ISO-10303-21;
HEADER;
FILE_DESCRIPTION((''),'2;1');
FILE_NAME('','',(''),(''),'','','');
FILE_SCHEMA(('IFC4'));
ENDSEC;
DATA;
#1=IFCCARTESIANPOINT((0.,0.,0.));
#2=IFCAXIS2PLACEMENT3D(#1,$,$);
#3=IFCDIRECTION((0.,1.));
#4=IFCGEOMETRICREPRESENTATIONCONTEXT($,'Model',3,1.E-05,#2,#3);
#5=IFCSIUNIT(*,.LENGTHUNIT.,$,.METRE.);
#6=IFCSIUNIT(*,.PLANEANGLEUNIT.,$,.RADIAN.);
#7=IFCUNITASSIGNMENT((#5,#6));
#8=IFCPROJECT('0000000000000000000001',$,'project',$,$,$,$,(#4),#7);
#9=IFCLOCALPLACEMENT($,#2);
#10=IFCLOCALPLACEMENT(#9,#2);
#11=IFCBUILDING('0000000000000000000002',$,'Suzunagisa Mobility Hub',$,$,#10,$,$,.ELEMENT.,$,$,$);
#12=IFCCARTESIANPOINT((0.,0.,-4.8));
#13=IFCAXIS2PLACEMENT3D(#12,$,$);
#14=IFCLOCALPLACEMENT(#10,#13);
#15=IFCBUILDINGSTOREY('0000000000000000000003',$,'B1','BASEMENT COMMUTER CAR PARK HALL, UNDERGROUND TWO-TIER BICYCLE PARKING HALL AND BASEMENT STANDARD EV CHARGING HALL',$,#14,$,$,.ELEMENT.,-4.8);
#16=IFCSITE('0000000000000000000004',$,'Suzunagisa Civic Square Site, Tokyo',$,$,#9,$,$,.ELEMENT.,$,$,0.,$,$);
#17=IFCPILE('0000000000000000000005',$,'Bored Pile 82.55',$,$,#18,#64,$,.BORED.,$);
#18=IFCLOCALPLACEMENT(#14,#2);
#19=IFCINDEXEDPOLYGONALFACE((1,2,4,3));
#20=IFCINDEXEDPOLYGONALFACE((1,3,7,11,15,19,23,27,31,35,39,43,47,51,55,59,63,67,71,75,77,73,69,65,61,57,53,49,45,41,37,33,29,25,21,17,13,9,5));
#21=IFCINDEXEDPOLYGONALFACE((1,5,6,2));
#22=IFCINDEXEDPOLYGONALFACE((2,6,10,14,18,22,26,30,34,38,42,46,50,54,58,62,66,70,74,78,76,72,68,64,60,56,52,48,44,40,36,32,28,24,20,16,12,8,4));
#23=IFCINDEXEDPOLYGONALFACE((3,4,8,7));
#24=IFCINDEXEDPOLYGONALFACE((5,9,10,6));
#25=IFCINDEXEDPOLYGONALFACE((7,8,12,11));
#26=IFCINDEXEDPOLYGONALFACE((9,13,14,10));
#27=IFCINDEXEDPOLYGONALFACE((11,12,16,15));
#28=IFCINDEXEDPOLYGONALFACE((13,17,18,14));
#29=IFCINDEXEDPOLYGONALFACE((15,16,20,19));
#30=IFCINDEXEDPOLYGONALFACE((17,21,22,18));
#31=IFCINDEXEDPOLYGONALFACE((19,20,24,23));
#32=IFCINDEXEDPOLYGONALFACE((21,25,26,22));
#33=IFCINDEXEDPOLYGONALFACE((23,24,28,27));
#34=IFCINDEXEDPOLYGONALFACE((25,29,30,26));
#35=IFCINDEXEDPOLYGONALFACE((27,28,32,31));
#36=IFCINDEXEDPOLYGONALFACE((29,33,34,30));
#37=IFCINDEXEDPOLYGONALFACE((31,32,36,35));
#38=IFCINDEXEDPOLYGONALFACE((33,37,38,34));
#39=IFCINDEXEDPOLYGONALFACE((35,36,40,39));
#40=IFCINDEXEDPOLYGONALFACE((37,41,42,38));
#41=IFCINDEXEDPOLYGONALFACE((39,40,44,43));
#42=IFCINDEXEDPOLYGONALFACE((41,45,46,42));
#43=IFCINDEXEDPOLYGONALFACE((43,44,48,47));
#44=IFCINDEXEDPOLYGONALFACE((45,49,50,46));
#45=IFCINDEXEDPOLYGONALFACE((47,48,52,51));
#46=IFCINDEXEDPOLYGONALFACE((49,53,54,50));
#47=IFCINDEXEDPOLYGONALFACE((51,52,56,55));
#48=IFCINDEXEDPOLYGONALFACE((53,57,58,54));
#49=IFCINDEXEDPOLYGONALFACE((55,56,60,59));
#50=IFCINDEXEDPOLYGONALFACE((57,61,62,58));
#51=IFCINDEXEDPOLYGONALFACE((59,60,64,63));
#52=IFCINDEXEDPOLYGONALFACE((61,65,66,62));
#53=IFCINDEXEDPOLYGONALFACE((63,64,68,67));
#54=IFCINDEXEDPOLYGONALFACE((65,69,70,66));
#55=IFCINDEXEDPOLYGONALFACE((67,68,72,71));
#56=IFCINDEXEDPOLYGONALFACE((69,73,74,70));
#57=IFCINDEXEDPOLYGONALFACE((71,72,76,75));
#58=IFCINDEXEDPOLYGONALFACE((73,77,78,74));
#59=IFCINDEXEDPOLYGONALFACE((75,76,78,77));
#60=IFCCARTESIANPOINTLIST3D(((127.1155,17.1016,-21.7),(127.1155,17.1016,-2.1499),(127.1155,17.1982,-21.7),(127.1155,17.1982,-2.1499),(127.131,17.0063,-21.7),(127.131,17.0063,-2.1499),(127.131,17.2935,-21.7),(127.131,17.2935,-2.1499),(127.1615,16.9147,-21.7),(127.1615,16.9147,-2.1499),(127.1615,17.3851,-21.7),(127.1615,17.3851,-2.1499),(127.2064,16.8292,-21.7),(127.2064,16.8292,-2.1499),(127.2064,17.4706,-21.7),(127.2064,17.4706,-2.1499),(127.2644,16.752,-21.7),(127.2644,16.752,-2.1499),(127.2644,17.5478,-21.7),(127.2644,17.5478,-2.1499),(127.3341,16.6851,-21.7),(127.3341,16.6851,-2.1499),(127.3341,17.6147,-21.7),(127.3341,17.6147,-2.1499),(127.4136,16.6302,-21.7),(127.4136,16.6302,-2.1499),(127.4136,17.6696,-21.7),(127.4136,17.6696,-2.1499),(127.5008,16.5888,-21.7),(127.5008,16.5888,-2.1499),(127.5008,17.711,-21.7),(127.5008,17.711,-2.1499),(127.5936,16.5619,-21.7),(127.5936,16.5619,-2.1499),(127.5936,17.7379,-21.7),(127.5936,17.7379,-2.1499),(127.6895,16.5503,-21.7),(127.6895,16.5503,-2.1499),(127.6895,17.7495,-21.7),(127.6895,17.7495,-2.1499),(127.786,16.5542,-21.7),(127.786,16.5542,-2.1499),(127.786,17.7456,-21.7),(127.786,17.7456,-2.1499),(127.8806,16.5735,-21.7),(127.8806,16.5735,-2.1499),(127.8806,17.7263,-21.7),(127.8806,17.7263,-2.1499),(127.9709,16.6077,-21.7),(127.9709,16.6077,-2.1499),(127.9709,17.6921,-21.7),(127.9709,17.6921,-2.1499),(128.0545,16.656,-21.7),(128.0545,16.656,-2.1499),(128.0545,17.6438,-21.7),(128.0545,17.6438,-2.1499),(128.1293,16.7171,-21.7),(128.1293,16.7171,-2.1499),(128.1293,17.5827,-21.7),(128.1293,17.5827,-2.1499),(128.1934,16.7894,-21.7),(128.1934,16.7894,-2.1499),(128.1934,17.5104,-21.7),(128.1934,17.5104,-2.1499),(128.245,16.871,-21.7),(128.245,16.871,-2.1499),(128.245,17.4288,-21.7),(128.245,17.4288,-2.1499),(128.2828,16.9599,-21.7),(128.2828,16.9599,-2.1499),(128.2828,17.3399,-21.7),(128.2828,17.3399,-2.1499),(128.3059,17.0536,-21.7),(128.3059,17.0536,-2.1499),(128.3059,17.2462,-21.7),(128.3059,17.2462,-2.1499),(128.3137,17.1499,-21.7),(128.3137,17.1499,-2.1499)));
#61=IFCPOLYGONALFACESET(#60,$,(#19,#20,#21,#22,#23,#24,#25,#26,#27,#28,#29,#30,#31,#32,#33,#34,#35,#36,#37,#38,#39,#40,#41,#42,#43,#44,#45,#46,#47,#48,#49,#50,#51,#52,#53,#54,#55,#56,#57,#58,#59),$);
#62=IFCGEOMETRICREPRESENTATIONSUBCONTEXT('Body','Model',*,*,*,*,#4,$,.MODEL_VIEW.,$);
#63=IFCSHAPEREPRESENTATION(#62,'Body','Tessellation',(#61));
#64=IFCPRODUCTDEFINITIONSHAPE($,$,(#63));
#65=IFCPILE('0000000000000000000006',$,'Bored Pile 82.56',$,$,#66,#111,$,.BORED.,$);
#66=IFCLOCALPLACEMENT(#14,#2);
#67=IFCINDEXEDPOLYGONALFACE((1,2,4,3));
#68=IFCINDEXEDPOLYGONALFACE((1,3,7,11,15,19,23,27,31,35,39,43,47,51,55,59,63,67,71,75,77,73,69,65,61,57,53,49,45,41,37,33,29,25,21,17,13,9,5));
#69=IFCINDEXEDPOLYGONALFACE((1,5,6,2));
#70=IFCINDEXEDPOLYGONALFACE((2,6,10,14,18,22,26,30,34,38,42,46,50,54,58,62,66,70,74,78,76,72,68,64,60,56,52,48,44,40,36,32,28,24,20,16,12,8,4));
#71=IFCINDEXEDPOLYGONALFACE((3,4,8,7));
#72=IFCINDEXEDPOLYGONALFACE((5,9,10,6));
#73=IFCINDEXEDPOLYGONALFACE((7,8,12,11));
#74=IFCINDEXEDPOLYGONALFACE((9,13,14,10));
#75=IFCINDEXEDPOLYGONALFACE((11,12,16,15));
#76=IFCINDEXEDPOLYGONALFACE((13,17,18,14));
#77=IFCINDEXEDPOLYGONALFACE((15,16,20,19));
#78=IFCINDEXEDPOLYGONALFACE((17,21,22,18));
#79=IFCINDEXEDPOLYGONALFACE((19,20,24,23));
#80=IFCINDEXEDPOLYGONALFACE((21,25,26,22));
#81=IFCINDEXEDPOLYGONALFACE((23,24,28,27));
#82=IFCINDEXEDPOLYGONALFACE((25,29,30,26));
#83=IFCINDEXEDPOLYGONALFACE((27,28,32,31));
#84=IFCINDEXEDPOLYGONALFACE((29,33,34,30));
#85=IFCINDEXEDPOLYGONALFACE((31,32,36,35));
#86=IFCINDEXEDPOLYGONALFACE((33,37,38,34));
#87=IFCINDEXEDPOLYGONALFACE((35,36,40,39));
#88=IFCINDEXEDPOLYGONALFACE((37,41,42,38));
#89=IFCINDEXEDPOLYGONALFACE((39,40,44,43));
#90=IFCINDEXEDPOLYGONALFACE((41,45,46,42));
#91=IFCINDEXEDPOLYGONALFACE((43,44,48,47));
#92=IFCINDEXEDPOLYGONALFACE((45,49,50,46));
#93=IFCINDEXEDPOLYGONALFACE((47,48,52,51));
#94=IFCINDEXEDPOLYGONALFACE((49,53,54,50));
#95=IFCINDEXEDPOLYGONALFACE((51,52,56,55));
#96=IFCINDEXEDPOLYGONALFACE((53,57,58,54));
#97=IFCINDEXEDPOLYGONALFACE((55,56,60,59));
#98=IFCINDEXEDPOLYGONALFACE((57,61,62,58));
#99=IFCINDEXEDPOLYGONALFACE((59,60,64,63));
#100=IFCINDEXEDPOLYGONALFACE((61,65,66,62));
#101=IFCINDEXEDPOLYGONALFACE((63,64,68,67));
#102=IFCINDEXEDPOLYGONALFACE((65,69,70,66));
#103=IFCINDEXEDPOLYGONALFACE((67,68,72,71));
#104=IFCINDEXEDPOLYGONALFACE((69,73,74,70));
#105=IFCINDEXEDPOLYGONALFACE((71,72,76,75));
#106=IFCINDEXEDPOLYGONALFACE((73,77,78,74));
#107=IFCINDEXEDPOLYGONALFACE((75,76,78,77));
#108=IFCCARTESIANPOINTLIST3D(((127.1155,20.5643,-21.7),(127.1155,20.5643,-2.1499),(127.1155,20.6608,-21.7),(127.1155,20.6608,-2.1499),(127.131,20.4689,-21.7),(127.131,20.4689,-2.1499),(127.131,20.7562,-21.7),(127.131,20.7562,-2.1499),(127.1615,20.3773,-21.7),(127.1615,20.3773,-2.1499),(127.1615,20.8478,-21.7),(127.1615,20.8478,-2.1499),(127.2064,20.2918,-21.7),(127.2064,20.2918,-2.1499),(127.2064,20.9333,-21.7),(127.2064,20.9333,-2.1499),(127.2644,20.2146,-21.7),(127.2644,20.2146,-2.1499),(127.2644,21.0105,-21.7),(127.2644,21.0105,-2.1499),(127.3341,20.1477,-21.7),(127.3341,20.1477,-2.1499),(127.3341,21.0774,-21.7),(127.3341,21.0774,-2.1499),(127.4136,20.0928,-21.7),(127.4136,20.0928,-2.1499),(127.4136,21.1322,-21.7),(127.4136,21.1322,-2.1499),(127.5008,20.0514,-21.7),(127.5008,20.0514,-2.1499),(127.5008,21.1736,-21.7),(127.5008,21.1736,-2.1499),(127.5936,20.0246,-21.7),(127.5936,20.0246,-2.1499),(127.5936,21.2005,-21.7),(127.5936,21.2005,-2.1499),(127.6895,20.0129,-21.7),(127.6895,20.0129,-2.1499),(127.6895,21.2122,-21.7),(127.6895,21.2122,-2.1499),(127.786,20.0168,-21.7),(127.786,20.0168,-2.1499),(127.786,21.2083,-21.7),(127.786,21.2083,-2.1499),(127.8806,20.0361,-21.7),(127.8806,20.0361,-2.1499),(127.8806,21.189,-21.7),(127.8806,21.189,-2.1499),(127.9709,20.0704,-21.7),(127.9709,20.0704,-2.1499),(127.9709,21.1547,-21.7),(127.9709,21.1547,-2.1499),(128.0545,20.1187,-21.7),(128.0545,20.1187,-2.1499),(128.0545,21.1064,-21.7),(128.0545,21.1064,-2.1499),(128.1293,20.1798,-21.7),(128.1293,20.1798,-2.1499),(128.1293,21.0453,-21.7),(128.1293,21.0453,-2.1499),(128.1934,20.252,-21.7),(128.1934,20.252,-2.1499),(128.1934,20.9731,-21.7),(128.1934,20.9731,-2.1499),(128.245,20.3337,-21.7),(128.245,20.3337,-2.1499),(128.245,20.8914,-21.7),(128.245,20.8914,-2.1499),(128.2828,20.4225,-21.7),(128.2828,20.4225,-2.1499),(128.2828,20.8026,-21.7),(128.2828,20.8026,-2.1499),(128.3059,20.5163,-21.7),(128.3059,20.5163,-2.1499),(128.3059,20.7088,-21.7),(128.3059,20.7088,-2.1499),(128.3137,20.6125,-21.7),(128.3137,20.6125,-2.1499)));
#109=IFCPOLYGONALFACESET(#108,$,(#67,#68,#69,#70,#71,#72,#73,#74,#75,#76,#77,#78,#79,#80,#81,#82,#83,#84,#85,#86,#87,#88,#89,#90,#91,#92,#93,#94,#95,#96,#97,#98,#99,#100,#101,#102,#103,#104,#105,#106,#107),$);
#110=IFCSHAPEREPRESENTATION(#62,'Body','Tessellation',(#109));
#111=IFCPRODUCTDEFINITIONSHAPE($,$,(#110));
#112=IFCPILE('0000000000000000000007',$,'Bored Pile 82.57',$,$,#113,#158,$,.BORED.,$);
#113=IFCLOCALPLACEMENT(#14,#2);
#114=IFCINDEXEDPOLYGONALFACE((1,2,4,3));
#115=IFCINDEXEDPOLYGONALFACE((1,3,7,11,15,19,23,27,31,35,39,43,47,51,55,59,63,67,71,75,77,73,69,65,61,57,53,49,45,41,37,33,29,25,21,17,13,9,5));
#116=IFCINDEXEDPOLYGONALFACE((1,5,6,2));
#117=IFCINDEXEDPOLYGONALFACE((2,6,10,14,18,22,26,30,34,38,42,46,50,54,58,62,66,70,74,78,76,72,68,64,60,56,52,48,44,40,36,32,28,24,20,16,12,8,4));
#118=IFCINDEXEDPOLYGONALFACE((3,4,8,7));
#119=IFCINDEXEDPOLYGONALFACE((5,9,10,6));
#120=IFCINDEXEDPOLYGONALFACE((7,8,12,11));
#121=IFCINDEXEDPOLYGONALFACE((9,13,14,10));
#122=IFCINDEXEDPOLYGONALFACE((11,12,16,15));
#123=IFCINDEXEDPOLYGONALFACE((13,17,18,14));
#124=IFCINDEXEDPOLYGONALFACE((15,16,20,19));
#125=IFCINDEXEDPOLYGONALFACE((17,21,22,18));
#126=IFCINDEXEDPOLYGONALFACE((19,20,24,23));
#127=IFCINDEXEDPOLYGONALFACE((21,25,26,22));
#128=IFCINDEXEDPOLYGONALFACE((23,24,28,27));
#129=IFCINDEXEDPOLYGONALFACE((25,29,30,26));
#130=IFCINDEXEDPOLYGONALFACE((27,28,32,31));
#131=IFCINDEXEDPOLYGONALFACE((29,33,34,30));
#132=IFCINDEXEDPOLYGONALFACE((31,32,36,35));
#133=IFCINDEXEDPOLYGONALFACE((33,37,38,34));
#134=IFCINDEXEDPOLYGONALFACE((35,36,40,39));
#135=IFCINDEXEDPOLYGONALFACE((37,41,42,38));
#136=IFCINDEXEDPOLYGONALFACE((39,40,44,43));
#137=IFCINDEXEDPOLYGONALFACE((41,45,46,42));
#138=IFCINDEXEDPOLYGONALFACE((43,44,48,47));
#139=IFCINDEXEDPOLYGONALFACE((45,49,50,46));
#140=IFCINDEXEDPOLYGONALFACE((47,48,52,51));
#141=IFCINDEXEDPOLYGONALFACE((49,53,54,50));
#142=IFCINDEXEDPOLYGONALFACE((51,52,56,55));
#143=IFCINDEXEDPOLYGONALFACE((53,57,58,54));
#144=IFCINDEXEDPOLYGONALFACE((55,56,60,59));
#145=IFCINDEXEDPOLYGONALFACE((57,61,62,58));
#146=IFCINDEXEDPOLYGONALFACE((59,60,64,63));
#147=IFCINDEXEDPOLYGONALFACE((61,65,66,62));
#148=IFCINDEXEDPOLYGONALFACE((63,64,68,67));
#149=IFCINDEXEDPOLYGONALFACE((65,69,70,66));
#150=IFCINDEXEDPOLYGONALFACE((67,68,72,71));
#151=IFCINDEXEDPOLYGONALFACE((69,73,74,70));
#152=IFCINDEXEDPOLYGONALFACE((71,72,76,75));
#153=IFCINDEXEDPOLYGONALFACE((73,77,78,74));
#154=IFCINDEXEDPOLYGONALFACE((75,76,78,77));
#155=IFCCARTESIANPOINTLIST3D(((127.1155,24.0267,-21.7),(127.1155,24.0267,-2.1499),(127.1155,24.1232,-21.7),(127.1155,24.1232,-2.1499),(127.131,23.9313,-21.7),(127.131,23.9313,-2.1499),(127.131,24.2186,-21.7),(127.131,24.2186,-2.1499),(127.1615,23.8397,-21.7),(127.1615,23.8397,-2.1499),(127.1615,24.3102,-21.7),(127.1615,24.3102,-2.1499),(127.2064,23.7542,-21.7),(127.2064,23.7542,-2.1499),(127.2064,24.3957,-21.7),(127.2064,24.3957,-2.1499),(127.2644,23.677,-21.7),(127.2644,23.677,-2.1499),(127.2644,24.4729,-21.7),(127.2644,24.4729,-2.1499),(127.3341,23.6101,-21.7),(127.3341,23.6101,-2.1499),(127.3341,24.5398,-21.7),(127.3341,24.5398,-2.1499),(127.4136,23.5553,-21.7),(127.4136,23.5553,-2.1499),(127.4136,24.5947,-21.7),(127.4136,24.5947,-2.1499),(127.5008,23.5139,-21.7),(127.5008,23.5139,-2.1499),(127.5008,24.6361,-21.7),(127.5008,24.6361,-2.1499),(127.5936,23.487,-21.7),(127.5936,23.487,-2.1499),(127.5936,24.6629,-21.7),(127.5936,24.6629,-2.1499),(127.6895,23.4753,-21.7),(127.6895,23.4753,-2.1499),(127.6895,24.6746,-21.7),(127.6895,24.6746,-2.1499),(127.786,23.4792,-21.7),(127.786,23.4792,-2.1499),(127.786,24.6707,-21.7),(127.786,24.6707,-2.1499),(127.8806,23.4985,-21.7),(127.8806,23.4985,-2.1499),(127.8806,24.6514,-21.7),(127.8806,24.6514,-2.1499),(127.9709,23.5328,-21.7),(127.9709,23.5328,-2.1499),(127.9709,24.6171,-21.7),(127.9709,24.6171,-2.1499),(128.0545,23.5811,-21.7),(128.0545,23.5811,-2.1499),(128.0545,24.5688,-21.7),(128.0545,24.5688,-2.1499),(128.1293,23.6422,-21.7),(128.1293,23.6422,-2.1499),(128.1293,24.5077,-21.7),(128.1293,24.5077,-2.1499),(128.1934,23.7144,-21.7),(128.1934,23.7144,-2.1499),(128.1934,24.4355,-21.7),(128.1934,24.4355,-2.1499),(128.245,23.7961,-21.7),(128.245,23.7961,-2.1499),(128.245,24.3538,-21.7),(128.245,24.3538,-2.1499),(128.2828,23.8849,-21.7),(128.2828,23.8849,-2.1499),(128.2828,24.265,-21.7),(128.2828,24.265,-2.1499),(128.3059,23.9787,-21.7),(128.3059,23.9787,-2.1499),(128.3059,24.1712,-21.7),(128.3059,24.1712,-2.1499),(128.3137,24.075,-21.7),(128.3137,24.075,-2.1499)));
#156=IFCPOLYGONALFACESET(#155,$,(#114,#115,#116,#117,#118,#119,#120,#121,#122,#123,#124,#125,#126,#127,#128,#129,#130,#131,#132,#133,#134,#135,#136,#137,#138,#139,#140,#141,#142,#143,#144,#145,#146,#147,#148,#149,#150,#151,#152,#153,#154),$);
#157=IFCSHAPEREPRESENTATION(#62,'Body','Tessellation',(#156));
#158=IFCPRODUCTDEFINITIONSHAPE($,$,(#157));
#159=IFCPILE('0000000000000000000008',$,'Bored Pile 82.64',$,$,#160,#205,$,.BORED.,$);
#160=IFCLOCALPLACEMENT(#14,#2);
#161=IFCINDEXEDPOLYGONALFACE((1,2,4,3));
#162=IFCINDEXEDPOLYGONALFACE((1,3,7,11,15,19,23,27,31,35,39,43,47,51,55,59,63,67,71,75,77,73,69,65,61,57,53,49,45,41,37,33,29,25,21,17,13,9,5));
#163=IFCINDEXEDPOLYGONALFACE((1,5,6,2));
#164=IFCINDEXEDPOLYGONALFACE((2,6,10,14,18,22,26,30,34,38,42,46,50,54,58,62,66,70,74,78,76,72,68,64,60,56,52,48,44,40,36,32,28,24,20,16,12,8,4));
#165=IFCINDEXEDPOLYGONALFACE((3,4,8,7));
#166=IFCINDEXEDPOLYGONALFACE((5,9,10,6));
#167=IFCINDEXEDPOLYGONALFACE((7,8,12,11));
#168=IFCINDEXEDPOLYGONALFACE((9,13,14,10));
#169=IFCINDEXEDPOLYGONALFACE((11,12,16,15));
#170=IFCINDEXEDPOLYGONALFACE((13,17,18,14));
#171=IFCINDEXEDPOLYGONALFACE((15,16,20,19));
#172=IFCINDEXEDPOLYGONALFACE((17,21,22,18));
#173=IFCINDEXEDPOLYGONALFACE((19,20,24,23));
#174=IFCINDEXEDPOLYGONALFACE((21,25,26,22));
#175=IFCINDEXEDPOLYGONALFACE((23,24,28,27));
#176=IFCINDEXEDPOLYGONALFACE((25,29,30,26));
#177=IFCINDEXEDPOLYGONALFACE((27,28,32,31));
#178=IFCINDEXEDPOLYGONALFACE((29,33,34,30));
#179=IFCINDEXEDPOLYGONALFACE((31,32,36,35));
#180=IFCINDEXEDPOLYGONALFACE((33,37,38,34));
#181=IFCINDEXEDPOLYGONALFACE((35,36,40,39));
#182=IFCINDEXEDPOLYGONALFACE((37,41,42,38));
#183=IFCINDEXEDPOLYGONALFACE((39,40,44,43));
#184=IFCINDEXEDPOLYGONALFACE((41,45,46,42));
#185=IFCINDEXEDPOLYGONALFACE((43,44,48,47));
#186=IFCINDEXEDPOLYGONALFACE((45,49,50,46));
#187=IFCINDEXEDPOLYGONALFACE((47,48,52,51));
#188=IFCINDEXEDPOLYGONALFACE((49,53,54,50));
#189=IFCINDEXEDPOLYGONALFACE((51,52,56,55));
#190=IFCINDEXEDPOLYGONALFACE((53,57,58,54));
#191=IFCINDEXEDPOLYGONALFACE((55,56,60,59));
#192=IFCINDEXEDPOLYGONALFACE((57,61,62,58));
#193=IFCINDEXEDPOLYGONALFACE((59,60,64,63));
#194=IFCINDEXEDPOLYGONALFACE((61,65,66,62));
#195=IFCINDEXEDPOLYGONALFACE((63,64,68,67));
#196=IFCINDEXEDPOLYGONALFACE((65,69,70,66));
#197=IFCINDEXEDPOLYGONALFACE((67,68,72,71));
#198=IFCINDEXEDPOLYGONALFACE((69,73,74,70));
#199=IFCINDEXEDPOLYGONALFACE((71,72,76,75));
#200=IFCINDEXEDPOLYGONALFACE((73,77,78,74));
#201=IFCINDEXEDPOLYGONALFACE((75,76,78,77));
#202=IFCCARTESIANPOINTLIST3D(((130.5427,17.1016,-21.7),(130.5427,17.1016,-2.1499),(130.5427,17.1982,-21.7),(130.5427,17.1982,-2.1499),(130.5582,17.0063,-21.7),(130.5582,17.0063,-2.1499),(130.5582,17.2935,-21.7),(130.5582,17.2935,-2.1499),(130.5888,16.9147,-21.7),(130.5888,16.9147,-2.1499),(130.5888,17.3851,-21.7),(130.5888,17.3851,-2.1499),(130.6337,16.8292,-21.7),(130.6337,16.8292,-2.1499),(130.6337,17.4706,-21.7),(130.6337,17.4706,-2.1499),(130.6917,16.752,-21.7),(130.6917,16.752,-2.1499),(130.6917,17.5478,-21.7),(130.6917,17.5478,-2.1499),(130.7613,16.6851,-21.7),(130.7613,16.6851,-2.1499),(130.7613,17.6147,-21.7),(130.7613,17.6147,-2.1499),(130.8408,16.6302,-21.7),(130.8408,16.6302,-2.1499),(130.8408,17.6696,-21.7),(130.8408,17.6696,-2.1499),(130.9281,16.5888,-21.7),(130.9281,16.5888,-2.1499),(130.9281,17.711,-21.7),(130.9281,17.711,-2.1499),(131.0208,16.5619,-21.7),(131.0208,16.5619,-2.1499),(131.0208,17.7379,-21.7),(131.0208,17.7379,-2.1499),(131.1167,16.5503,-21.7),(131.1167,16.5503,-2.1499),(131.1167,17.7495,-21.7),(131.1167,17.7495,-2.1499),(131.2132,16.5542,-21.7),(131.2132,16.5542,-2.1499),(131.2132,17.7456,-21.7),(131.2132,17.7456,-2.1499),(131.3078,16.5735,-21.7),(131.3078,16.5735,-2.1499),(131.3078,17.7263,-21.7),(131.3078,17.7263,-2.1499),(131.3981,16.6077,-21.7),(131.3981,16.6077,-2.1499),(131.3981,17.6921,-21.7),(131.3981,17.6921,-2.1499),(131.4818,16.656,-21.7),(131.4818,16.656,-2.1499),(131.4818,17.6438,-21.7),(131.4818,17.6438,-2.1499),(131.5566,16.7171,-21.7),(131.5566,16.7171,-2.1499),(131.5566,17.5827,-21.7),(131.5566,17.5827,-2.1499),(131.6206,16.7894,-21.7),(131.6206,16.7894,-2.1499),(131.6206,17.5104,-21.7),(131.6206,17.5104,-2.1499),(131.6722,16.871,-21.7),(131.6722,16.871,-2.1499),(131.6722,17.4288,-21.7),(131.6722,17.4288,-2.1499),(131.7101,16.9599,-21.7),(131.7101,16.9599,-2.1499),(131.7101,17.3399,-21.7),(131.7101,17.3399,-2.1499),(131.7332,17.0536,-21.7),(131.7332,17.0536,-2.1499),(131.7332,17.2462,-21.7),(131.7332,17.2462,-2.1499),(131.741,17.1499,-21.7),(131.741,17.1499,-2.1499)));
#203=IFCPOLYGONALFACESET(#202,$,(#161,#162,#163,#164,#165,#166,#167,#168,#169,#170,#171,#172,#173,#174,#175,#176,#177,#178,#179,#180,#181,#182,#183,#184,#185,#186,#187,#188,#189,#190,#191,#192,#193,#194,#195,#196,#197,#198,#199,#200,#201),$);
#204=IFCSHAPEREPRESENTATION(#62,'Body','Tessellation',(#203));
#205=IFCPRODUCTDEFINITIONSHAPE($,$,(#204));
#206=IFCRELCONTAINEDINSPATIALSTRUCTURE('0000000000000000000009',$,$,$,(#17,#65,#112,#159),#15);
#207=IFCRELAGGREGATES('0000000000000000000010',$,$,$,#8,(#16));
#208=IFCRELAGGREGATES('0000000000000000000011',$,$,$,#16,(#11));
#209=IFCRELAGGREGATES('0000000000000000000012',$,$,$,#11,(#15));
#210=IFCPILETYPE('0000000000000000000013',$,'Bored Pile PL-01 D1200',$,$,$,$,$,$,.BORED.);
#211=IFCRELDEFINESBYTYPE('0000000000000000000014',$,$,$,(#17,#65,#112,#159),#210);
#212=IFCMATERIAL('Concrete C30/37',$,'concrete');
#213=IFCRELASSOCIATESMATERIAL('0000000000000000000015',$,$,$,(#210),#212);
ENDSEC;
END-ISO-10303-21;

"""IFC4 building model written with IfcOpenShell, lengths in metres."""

from ifc_helpers import new_model, si_unit, direction, frame, origin, origin_2d, place, context, subcontext, project, spatial, circle, extrude, material, material_profile, profile_set, type_object, element, save


model = new_model("IFC4")

# Units and contexts
model_context = context("Model", 3, precision=1e-05, world=origin(), true_north=direction((0.0, 1.0)))
body_context = subcontext(model_context, "Body", "Model", "MODEL_VIEW")
ifc_project = project(units=[si_unit("LENGTHUNIT", "METRE"), si_unit("PLANEANGLEUNIT", "RADIAN")], contexts=[model_context])

# Site, building, storey
site_placement = place(None, origin())
site = spatial("IfcSite", under=ifc_project, at=site_placement, Name="Suzunagisa Civic Square Site, Tokyo", CompositionType="ELEMENT", RefElevation=0.0)
building_placement = place(site_placement, origin())
building = spatial("IfcBuilding", under=site, at=building_placement, Name="Suzunagisa Mobility Hub", CompositionType="ELEMENT")
storey_placement = place(building_placement, frame((0.0, 0.0, -4.8)))
storey = spatial("IfcBuildingStorey", under=building, at=storey_placement, Name="B1", Description="BASEMENT COMMUTER CAR PARK HALL, UNDERGROUND TWO-TIER BICYCLE PARKING HALL AND BASEMENT STANDARD EV CHARGING HALL", CompositionType="ELEMENT", Elevation=-4.8)

# Piles
ifc_material_1 = material(Name="Concrete C30/37", Category="concrete")
ifc_material_profile_1 = material_profile(ifc_material_1, circle(Radius=0.6001, at=origin_2d()), Name="BORED PILE D1200")
ifc_profile_set_1 = profile_set([ifc_material_profile_1], Name="Concrete C30/37")
pile_type = type_object("IfcPileType", Name="Bored Pile PL-01 D1200", PredefinedType="BORED", material=ifc_profile_set_1)
for number, where, z_axis, x_axis, name in (
    (1, (127.7136, 17.1499, -2.1499), (0.0, 0.0, -1.0), (1.0, 0.0, 0.0), "Bored Pile 82.55"),
    (2, (127.7136, 20.6125, -2.1499), (0.0, 0.0, -1.0), (1.0, 0.0, 0.0), "Bored Pile 82.56"),
    (3, (127.7136, 24.075, -2.1499), (0.0, 0.0, -1.0), (1.0, 0.0, 0.0), "Bored Pile 82.57"),
    (4, (131.1409, 17.1499, -2.1499), (0.0, 0.0, -1.0), (1.0, 0.0, 0.0), "Bored Pile 82.64"),
):
    element("IfcPile", number, at=place(storey_placement, frame(where, z_axis=z_axis, x_axis=x_axis)), inside=storey, type_object=pile_type, Name=name, PredefinedType="BORED", context=body_context, shape_type="SweptSolid", body=[
        extrude(circle(Radius=0.6001, at=origin_2d()), origin(), (0.0, 0.0, 1.0), 19.55),
    ])

save(model, "model.ifc")
